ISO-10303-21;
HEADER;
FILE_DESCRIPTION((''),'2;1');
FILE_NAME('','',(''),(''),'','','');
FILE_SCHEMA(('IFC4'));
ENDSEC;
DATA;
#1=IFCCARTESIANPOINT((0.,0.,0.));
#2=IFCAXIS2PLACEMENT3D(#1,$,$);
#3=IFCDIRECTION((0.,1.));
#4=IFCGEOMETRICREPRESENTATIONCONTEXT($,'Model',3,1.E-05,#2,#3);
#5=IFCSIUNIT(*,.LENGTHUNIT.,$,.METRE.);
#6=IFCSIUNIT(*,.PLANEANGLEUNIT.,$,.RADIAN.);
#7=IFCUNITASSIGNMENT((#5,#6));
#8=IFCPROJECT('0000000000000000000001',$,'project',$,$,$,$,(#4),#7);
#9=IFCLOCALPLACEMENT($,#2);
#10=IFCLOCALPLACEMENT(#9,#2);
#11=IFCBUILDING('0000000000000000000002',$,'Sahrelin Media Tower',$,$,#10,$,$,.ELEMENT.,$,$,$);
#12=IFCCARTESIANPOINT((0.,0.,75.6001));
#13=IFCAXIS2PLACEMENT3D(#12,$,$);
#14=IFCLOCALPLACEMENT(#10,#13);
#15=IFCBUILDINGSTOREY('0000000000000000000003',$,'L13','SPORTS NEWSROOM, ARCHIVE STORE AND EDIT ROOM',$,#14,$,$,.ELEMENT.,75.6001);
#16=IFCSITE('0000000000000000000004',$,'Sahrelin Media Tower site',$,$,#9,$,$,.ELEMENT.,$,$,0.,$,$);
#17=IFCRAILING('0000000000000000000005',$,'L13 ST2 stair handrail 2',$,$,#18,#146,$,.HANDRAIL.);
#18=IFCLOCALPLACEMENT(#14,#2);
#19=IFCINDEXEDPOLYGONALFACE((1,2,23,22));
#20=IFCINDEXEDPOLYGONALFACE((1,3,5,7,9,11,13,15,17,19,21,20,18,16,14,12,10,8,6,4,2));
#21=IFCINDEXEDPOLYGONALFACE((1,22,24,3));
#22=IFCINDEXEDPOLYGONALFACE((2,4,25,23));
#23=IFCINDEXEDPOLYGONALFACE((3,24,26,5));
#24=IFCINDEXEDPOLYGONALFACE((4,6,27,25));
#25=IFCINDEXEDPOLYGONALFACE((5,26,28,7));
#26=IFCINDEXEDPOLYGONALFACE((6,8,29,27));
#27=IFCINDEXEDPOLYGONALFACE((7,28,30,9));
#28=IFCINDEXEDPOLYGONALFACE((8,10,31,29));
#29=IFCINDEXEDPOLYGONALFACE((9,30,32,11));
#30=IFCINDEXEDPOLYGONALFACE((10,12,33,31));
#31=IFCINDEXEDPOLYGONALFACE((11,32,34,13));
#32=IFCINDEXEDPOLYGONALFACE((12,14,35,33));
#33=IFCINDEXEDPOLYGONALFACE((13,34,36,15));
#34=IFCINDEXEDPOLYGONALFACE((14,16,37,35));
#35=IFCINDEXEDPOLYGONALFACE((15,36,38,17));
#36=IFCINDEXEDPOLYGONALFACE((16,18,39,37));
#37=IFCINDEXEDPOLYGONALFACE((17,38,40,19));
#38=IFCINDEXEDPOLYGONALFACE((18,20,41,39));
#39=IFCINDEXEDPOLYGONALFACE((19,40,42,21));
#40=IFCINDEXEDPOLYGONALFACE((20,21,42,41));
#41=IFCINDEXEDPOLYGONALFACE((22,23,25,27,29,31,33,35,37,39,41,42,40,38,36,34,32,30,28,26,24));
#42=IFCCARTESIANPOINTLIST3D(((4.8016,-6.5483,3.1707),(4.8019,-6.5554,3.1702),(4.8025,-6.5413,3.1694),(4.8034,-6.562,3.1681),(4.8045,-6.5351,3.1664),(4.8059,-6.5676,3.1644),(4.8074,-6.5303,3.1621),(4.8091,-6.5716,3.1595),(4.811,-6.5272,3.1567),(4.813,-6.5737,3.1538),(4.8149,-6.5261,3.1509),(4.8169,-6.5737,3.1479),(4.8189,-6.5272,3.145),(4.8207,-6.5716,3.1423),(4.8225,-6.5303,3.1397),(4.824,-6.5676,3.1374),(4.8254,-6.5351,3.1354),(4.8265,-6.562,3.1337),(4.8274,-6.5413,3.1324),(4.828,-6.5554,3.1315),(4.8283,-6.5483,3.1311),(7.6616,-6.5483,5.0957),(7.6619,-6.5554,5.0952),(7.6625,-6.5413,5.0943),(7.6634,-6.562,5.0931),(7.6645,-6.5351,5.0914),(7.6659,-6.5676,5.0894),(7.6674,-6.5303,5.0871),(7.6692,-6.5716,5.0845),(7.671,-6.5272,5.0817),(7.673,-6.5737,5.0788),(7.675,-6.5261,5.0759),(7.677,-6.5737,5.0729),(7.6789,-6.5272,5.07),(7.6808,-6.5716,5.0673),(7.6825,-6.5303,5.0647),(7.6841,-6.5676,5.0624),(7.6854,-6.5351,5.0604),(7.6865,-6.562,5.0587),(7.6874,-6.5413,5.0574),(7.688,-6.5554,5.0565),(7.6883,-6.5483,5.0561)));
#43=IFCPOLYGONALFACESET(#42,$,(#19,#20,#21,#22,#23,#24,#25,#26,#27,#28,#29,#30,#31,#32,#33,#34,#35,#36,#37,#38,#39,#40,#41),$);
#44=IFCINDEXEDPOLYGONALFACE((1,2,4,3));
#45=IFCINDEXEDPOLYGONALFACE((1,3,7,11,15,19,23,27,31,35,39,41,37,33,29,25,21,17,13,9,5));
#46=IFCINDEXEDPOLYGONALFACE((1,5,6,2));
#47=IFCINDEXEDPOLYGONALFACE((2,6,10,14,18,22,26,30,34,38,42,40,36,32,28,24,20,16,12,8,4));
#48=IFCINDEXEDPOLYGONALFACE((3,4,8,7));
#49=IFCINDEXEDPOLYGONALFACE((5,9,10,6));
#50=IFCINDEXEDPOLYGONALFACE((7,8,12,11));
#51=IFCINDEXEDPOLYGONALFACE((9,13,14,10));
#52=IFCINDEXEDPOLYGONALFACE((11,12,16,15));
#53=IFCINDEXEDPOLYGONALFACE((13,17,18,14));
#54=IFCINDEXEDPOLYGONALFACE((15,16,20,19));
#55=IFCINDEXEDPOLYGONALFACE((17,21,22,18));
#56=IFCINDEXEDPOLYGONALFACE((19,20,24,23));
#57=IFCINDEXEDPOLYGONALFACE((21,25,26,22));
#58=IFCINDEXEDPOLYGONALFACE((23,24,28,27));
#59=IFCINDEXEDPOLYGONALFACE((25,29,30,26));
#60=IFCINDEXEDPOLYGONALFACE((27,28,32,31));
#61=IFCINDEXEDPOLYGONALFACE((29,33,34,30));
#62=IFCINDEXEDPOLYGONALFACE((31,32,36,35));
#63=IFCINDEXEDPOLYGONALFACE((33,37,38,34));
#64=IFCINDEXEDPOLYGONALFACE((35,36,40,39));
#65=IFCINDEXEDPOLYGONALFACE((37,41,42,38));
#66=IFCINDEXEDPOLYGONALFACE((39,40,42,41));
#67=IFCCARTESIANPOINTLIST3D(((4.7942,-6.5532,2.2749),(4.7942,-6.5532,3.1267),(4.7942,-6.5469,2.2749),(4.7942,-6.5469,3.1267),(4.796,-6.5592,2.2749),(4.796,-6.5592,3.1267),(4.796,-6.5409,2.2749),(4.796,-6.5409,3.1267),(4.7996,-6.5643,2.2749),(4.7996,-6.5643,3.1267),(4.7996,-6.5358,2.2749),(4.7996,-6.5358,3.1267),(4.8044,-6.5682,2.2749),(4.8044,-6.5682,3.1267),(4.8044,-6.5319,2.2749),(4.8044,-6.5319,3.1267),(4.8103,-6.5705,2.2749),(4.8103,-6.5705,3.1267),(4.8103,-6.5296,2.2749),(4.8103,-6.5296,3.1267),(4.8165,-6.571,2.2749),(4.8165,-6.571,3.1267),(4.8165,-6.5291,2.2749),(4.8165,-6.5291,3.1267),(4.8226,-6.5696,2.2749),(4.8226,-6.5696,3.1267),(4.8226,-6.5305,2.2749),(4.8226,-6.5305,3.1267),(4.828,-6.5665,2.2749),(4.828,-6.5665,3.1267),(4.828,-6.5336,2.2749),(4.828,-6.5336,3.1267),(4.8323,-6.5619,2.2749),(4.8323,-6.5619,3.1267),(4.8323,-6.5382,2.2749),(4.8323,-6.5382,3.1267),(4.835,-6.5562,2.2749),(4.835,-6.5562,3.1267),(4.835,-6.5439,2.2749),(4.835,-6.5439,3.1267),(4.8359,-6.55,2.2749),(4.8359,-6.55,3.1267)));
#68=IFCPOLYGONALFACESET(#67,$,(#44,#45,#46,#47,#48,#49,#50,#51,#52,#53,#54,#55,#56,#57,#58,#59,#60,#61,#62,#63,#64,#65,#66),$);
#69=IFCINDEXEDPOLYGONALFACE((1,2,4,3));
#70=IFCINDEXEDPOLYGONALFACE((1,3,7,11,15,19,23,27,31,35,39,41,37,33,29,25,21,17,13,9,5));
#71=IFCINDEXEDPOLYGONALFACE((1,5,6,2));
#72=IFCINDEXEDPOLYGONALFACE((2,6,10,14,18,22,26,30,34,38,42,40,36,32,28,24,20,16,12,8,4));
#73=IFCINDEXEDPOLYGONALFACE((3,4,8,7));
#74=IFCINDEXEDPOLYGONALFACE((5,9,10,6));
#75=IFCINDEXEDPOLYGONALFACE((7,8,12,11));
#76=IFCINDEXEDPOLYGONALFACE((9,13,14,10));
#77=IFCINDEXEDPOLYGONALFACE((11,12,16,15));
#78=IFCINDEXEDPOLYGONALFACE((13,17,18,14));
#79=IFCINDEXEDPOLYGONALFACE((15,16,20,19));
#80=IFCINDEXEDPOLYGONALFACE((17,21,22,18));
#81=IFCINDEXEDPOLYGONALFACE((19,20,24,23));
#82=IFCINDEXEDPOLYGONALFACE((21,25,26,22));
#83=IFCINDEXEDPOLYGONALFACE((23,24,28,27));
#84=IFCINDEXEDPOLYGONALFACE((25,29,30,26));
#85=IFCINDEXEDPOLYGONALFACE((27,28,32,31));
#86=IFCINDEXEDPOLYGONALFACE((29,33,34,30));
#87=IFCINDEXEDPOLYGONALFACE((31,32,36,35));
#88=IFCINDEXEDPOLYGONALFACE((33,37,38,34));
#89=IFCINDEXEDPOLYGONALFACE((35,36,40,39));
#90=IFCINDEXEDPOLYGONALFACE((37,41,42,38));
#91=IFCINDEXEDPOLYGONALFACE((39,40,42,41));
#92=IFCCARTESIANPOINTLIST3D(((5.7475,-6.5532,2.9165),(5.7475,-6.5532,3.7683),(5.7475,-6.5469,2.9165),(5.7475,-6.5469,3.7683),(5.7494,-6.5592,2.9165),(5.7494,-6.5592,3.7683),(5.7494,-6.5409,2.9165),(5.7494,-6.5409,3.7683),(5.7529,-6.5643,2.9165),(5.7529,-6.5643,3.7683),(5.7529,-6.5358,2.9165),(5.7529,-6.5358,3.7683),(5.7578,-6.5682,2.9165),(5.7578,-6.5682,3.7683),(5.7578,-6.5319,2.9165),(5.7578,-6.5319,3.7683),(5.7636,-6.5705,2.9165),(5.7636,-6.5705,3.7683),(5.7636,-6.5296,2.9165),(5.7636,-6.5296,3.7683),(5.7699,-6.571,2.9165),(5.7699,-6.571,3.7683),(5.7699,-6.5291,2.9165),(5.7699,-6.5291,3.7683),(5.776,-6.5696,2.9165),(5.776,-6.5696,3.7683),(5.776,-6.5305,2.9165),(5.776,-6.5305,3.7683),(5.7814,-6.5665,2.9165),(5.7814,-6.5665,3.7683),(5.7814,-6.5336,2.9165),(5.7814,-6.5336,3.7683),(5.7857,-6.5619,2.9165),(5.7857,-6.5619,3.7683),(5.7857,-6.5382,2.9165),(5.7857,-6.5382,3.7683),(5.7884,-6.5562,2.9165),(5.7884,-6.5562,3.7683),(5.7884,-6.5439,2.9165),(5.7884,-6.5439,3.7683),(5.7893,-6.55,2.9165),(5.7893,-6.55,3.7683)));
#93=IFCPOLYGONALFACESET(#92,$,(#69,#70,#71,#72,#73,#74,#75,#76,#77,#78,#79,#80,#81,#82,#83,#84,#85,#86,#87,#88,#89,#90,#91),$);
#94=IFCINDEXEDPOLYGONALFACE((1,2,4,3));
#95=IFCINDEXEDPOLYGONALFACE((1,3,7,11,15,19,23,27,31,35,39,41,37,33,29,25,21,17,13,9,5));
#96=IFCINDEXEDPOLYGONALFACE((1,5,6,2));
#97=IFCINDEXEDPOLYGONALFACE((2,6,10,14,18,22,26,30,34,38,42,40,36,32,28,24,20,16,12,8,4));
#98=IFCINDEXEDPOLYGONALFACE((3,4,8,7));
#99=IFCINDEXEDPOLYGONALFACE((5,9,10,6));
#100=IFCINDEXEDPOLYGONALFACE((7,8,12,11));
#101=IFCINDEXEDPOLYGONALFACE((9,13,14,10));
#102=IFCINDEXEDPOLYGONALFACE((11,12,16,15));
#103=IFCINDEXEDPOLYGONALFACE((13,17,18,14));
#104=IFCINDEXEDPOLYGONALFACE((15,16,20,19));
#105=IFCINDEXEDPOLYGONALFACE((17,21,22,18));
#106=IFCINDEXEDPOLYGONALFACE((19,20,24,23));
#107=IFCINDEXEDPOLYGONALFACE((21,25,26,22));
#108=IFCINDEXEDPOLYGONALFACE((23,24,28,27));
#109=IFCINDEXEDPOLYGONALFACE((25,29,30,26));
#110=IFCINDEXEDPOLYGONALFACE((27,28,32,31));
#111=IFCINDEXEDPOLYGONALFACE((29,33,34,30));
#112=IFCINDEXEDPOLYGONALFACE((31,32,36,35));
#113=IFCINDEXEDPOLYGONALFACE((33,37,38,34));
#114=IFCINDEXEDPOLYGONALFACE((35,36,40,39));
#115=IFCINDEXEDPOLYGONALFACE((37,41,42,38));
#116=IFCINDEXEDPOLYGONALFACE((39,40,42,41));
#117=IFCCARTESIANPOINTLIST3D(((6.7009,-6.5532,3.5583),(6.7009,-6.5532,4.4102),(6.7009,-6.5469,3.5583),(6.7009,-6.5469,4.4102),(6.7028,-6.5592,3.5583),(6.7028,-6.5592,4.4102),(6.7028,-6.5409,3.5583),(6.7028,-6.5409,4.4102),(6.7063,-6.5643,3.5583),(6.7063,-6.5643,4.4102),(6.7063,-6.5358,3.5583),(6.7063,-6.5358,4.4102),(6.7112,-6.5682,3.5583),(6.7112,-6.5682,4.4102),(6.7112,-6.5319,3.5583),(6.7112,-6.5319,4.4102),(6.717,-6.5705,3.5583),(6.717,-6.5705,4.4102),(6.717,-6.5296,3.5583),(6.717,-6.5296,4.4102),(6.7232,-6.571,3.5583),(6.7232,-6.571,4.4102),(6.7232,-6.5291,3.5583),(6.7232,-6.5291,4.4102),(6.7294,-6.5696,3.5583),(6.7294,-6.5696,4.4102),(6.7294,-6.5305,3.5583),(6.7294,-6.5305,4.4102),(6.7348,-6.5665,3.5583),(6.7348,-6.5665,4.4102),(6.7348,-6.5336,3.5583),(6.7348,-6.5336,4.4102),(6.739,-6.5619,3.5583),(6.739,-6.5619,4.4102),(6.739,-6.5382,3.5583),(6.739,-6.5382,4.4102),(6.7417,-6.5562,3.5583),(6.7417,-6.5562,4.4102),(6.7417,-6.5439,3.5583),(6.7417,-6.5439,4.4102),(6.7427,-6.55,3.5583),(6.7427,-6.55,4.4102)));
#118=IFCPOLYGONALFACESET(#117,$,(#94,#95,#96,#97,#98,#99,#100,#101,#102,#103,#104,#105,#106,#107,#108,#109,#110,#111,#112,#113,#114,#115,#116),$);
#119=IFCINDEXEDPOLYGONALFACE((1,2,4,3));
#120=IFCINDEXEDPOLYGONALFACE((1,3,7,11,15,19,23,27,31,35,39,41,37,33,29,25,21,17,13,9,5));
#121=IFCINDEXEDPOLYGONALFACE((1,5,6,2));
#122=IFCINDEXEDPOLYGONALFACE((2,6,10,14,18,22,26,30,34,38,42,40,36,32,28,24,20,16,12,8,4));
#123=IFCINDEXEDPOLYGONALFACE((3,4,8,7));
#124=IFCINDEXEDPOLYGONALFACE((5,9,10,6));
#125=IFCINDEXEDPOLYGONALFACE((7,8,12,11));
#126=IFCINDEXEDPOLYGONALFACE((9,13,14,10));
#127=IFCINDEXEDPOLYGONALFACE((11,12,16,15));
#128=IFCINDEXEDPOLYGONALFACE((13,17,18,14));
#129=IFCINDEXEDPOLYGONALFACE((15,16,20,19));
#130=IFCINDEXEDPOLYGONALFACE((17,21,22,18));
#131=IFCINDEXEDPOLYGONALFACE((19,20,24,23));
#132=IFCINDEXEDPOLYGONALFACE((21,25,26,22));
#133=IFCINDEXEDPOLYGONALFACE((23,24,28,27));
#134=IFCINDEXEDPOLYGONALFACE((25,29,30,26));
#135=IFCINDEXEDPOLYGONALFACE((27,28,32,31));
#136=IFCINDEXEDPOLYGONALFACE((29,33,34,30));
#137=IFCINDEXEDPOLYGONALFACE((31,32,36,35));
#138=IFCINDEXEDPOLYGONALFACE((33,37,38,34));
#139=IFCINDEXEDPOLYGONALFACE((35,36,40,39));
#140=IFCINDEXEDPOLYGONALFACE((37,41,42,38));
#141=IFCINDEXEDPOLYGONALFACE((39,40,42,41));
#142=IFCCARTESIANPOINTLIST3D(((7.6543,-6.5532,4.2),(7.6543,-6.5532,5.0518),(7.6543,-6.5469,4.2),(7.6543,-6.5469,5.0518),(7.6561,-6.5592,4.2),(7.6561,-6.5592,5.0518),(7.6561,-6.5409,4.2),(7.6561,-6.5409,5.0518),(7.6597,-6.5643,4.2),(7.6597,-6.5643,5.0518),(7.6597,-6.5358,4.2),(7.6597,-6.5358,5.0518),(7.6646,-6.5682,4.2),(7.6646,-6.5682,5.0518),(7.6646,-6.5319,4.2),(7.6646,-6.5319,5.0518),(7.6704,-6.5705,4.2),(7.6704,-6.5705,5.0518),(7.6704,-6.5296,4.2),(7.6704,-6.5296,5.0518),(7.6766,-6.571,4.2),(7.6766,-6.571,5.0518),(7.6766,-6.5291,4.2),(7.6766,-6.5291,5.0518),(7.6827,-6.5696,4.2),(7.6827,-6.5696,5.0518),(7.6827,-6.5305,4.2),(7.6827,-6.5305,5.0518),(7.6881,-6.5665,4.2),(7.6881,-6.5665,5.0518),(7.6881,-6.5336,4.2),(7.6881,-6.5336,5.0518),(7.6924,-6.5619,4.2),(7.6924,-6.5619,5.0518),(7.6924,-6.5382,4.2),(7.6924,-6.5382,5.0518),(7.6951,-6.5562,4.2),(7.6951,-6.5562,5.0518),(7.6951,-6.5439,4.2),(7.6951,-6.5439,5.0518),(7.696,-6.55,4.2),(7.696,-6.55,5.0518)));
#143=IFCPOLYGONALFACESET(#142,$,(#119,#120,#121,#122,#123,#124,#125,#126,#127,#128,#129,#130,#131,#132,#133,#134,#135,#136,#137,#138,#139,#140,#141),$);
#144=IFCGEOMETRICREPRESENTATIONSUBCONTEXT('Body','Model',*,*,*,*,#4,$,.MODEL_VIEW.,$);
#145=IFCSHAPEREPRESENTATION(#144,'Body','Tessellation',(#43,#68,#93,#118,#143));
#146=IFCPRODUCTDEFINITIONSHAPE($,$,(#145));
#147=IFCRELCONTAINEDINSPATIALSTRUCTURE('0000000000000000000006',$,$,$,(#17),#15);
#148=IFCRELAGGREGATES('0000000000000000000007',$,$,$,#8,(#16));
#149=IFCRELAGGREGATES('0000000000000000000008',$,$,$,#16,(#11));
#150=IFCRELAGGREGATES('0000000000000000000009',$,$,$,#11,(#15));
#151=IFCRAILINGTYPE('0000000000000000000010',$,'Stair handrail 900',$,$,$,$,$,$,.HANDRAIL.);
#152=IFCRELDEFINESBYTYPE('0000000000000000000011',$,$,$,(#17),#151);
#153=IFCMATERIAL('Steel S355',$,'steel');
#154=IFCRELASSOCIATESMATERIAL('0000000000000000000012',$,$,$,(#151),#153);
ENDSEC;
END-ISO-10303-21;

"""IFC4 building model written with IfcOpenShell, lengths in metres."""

from ifc_helpers import new_model, si_unit, direction, frame, origin, origin_2d, place, context, subcontext, project, spatial, circle, extrude, material, type_object, element, save


model = new_model("IFC4")

# Units and contexts
model_context = context("Model", 3, precision=1e-05, world=origin(), true_north=direction((0.0, 1.0)))
body_context = subcontext(model_context, "Body", "Model", "MODEL_VIEW")
ifc_project = project(units=[si_unit("LENGTHUNIT", "METRE"), si_unit("PLANEANGLEUNIT", "RADIAN")], contexts=[model_context])

# Site, building, storey
site_placement = place(None, origin())
site = spatial("IfcSite", under=ifc_project, at=site_placement, Name="Sahrelin Media Tower site", CompositionType="ELEMENT", RefElevation=0.0)
building_placement = place(site_placement, origin())
building = spatial("IfcBuilding", under=site, at=building_placement, Name="Sahrelin Media Tower", CompositionType="ELEMENT")
storey_placement = place(building_placement, frame((0.0, 0.0, 75.6001)))
storey = spatial("IfcBuildingStorey", under=building, at=storey_placement, Name="L13", Description="SPORTS NEWSROOM, ARCHIVE STORE AND EDIT ROOM", CompositionType="ELEMENT", Elevation=75.6001)

# Shared definitions
ifc_material_1 = material(Name="Steel S355", Category="steel")

# Railing
railing_type_1 = type_object("IfcRailingType", Name="Stair handrail 900", PredefinedType="HANDRAIL", material=ifc_material_1)
railing_1_placement = place(storey_placement, frame((4.8149, -6.55, 2.2749)))
element("IfcRailing", 1, at=railing_1_placement, inside=storey, type_object=railing_type_1, Name="L13 ST2 stair handrail 2", PredefinedType="HANDRAIL", context=body_context, shape_type="SweptSolid", body=[
    extrude(circle(Radius=0.0239, at=origin_2d()), frame((0.0, 0.0, 0.876), z_axis=(0.829591, 0.0, 0.558372), x_axis=(0.0, 1.0, 0.0)), (0.0, 0.0, 1.0), 3.4475),
    extrude(circle(Radius=0.021, at=origin_2d()), origin(), (0.0, 0.0, 1.0), 0.8518),
    extrude(circle(Radius=0.021, at=origin_2d()), frame((0.9534, 0.0, 0.6416)), (0.0, 0.0, 1.0), 0.8518),
    extrude(circle(Radius=0.021, at=origin_2d()), frame((1.9067, 0.0, 1.2834)), (0.0, 0.0, 1.0), 0.8518),
    extrude(circle(Radius=0.021, at=origin_2d()), frame((2.8601, 0.0, 1.925)), (0.0, 0.0, 1.0), 0.8518),
])

save(model, "model.ifc")
